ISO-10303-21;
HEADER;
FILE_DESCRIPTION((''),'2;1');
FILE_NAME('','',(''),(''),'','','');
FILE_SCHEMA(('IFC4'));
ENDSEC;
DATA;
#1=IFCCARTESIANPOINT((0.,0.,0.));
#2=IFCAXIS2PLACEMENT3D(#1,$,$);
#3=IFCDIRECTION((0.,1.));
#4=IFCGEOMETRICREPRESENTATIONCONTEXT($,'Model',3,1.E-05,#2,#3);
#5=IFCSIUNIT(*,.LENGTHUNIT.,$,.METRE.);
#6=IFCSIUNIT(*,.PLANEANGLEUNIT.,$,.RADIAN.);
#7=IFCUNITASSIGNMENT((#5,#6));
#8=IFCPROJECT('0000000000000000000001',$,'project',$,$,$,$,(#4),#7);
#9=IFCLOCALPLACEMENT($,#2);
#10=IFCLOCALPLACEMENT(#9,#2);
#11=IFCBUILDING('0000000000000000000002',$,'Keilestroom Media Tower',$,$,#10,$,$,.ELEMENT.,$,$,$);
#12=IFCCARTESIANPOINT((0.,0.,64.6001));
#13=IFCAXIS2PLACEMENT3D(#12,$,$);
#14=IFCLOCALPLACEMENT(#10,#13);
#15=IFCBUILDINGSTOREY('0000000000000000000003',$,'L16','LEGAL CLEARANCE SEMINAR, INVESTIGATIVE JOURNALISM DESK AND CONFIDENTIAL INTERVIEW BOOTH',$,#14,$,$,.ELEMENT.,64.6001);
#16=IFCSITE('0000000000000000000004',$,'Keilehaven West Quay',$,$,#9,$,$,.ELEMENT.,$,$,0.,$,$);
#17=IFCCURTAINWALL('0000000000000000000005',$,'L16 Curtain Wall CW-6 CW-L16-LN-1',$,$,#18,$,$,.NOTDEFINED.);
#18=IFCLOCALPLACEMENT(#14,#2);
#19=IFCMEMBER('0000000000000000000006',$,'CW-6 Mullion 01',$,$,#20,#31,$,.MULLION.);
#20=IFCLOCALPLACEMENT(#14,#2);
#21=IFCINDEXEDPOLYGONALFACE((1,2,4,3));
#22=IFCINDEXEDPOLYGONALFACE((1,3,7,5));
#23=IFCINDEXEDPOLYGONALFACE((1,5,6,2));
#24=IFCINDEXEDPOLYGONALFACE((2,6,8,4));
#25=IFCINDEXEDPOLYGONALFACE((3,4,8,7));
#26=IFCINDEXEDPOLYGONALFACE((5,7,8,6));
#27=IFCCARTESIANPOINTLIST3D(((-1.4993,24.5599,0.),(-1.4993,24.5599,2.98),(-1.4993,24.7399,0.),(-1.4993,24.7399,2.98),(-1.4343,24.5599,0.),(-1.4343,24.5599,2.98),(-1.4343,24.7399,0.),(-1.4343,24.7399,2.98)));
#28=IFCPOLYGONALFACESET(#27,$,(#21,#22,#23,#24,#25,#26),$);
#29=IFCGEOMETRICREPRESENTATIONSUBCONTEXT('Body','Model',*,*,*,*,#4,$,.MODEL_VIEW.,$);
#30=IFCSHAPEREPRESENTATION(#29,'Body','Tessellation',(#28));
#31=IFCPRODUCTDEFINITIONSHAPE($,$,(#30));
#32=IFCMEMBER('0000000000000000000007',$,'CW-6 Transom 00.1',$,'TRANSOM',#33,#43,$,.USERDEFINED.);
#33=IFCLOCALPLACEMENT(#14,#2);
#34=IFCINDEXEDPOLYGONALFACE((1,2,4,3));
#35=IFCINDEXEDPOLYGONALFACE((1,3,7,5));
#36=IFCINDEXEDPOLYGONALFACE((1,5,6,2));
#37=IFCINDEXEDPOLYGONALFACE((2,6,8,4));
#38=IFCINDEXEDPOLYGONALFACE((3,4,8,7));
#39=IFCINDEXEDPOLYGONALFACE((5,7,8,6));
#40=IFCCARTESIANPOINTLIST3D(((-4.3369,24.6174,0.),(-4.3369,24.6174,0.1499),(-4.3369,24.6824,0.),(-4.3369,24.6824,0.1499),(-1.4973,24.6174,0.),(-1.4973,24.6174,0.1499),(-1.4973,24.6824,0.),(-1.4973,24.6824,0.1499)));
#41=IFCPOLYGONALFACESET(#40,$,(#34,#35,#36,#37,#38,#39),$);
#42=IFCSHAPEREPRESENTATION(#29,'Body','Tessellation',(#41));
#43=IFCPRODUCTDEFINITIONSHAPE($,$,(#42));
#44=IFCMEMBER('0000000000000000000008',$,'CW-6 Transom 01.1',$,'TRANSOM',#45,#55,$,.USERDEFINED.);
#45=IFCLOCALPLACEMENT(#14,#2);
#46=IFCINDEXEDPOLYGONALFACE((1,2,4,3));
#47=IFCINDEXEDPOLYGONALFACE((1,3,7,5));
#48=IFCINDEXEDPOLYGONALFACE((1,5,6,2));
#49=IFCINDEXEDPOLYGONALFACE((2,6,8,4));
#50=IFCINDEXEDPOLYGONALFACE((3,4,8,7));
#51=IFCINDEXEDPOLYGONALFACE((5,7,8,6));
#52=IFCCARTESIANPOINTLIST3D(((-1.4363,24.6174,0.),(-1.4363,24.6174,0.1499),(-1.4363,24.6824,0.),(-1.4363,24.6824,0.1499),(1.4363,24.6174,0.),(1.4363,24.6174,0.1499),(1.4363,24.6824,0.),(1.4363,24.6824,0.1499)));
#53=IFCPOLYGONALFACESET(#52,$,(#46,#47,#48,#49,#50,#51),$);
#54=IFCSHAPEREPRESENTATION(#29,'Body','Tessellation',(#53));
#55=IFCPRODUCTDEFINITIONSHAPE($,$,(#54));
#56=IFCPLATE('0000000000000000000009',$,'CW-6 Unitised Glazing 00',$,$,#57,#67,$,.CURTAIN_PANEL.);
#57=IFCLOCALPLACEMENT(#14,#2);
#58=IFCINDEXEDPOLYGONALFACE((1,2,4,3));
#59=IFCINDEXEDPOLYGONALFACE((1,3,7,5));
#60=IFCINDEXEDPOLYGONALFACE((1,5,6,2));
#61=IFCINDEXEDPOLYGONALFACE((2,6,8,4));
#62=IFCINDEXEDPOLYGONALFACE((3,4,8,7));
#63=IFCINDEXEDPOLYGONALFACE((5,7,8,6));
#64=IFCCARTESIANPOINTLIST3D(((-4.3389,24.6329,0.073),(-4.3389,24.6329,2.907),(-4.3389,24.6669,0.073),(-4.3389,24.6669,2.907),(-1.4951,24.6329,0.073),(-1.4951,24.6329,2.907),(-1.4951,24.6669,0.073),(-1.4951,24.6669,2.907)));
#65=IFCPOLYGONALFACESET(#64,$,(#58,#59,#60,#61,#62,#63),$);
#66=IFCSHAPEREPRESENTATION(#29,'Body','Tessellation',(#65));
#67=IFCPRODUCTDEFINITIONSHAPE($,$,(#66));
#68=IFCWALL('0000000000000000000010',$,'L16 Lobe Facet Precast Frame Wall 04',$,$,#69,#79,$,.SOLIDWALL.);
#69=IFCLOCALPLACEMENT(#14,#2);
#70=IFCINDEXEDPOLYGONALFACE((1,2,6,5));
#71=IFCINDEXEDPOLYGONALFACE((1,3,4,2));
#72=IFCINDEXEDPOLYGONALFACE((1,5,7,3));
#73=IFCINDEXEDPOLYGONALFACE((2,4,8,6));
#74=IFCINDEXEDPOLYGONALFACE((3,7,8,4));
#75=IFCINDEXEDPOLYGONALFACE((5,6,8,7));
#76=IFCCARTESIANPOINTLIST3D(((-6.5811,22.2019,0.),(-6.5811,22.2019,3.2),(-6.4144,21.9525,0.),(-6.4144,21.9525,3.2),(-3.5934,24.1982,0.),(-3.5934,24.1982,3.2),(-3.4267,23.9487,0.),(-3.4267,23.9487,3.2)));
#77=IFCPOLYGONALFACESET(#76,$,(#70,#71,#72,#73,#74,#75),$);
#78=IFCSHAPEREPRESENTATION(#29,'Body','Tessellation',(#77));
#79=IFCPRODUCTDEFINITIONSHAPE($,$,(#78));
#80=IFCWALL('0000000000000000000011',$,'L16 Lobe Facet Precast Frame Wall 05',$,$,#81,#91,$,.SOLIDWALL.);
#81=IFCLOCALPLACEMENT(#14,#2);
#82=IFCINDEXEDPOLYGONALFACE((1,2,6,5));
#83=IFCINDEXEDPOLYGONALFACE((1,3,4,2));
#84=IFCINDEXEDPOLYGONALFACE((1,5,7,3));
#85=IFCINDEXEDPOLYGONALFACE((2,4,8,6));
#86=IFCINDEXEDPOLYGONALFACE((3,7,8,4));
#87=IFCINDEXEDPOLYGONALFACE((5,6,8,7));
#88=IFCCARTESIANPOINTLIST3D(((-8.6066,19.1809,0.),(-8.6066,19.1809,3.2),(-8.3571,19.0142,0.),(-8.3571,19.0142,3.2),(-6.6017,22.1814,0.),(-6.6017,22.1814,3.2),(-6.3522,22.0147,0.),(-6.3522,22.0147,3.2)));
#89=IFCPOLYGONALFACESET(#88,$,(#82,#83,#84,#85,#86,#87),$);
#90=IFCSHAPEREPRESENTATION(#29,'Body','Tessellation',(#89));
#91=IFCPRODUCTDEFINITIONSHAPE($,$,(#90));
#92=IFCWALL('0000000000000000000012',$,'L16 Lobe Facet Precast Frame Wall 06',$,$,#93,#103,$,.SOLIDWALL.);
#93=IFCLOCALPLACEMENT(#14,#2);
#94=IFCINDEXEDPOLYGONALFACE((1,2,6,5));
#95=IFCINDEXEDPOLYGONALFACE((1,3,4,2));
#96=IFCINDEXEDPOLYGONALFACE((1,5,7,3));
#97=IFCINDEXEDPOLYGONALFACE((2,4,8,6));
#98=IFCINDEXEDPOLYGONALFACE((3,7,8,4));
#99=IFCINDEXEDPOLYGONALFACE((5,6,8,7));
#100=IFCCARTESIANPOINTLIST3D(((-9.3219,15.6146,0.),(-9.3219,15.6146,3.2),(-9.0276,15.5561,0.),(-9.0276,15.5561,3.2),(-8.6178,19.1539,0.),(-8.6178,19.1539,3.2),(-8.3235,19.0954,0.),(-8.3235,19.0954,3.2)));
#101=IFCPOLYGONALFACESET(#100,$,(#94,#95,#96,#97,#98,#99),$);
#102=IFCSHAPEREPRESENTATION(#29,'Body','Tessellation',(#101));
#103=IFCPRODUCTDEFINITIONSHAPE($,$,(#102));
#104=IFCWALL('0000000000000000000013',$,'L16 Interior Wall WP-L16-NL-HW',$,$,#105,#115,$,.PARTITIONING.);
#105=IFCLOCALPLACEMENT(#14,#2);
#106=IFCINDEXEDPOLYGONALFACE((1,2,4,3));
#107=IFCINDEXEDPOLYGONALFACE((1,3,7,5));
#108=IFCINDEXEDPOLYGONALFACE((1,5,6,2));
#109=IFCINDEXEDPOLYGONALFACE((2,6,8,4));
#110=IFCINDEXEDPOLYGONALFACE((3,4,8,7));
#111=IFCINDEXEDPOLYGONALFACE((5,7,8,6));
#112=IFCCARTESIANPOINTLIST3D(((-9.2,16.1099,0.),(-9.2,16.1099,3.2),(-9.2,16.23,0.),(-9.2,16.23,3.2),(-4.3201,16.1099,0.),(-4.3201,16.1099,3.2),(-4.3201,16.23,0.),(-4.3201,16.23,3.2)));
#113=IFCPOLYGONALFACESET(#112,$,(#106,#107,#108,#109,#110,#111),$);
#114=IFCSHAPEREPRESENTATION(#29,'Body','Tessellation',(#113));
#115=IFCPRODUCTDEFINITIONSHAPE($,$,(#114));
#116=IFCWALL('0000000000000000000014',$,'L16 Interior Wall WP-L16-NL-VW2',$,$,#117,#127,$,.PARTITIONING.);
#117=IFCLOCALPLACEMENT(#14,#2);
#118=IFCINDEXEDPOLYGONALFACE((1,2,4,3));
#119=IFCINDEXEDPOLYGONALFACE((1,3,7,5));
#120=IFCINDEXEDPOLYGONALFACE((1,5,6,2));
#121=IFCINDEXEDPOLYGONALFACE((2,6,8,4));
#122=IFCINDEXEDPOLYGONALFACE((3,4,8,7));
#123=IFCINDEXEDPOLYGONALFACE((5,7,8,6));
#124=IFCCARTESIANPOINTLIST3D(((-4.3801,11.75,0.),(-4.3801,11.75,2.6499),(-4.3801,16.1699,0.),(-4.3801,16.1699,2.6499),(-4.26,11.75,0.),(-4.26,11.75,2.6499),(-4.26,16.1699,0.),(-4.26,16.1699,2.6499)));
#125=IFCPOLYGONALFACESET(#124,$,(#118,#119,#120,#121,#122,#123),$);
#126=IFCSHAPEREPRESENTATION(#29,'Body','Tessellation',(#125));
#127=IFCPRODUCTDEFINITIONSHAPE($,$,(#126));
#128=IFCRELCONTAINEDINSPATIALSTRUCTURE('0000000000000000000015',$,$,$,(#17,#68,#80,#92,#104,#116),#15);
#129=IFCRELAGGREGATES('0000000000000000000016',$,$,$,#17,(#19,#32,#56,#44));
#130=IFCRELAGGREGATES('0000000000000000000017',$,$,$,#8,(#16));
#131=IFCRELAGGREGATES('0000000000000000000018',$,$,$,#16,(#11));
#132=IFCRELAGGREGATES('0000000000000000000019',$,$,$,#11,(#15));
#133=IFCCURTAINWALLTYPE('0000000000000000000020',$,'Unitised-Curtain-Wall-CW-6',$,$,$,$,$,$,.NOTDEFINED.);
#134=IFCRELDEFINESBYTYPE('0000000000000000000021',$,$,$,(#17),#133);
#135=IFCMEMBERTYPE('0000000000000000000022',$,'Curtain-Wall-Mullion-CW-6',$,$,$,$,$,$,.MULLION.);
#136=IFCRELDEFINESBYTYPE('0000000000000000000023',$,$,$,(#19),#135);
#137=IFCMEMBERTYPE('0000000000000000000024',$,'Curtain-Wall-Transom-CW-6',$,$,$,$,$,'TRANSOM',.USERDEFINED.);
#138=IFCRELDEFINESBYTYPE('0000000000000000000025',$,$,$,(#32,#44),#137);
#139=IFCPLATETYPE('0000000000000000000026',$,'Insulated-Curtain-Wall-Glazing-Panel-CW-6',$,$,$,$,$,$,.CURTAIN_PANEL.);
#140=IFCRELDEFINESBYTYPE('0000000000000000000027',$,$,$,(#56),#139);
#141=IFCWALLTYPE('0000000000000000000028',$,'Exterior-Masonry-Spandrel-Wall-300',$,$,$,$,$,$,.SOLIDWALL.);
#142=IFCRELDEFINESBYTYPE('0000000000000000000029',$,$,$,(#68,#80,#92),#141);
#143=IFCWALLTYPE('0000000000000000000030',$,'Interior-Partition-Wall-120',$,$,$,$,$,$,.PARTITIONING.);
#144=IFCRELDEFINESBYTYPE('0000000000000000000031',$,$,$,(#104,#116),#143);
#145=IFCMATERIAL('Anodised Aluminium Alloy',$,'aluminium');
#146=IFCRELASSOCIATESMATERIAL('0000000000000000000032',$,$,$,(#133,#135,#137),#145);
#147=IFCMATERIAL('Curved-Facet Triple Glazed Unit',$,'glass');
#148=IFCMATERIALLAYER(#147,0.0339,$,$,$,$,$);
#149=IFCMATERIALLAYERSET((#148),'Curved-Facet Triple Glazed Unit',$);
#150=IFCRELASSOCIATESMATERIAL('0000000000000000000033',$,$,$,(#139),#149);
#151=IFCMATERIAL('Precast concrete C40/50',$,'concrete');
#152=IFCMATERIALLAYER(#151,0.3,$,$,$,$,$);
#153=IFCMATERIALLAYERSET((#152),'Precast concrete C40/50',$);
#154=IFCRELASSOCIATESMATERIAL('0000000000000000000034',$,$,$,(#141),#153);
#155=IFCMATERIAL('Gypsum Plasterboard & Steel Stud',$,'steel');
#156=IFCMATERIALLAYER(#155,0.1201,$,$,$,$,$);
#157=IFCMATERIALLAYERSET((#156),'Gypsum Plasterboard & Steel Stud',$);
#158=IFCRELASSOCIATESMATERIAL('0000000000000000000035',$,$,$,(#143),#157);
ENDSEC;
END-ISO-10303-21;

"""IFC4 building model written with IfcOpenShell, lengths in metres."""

from ifc_helpers import new_model, si_unit, direction, frame, frame_2d, origin, origin_2d, place, context, subcontext, project, spatial, rectangle, extrude, source, transform, mapped, material, layer, layer_set, material_profile, profile_set, type_object, element, aggregate, save


model = new_model("IFC4")

# Units and contexts
model_context = context("Model", 3, precision=1e-05, world=origin(), true_north=direction((0.0, 1.0)))
body_context = subcontext(model_context, "Body", "Model", "MODEL_VIEW")
ifc_project = project(units=[si_unit("LENGTHUNIT", "METRE"), si_unit("PLANEANGLEUNIT", "RADIAN")], contexts=[model_context])

# Site, building, storey
site_placement = place(None, origin())
site = spatial("IfcSite", under=ifc_project, at=site_placement, Name="Keilehaven West Quay", CompositionType="ELEMENT", RefElevation=0.0)
building_placement = place(site_placement, origin())
building = spatial("IfcBuilding", under=site, at=building_placement, Name="Keilestroom Media Tower", CompositionType="ELEMENT")
storey_placement = place(building_placement, frame((0.0, 0.0, 64.6001)))
storey = spatial("IfcBuildingStorey", under=building, at=storey_placement, Name="L16", Description="LEGAL CLEARANCE SEMINAR, INVESTIGATIVE JOURNALISM DESK AND CONFIDENTIAL INTERVIEW BOOTH", CompositionType="ELEMENT", Elevation=64.6001)

# Curtain wall, members, plate
ifc_material_1 = material(Name="Anodised Aluminium Alloy", Category="aluminium")
curtain_wall_type = type_object("IfcCurtainWallType", Name="Unitised-Curtain-Wall-CW-6", PredefinedType="NOTDEFINED", material=ifc_material_1)
curtain_wall_placement = place(storey_placement, origin())
curtain_wall = element("IfcCurtainWall", 1, at=curtain_wall_placement, inside=storey, type_object=curtain_wall_type, Name="L16 Curtain Wall CW-6 CW-L16-LN-1", PredefinedType="NOTDEFINED")
ifc_material_profile_1 = material_profile(ifc_material_1, rectangle(XDim=0.0649, YDim=0.1799, at=origin_2d()), Name="ALU MULLION 65x180")
ifc_profile_set_1 = profile_set([ifc_material_profile_1], Name="Anodised Aluminium Alloy")
member_type_1 = type_object("IfcMemberType", Name="Curtain-Wall-Mullion-CW-6", PredefinedType="MULLION", material=ifc_profile_set_1)
shared_shape_1 = source(origin(), body_context, "Body", "SweptSolid", [
    extrude(rectangle(XDim=0.0649, YDim=0.1799, at=origin_2d()), origin(), (0.0, 0.0, 1.0), 2.98),
])
member_1_placement = place(storey_placement, frame((-1.4668, 24.6499, 0.0), z_axis=(0.0, 0.0, 1.0), x_axis=(1.0, 0.0, 0.0)))
member_1 = element("IfcMember", 2, at=member_1_placement, type_object=member_type_1, Name="CW-6 Mullion 01", PredefinedType="MULLION", context=body_context, shape_type="MappedRepresentation", body=[
    mapped(shared_shape_1, transform((0.0, 0.0, 0.0), x_axis=(1.0, 0.0, 0.0), y_axis=(0.0, 1.0, 0.0), z_axis=(0.0, 0.0, 1.0), scale=1.0)),
])
ifc_material_profile_2 = material_profile(ifc_material_1, rectangle(XDim=0.0649, YDim=0.1499, at=origin_2d()), Name="ALU TRANSOM 65x150")
ifc_profile_set_2 = profile_set([ifc_material_profile_2], Name="Anodised Aluminium Alloy")
member_type_2 = type_object("IfcMemberType", Name="Curtain-Wall-Transom-CW-6", ElementType="TRANSOM", PredefinedType="USERDEFINED", material=ifc_profile_set_2)
shared_shape_2 = source(origin(), body_context, "Body", "SweptSolid", [
    extrude(rectangle(XDim=0.0649, YDim=0.1499, at=origin_2d()), origin(), (0.0, 0.0, 1.0), 2.8396),
])
member_2_placement = place(storey_placement, frame((-4.3369, 24.6499, 0.075), z_axis=(1.0, 0.0, 0.0), x_axis=(0.0, 1.0, 0.0)))
member_2 = element("IfcMember", 3, at=member_2_placement, type_object=member_type_2, Name="CW-6 Transom 00.1", ObjectType="TRANSOM", PredefinedType="USERDEFINED", context=body_context, shape_type="MappedRepresentation", body=[
    mapped(shared_shape_2, transform((0.0, 0.0, 0.0), x_axis=(1.0, 0.0, 0.0), y_axis=(0.0, 1.0, 0.0), z_axis=(0.0, 0.0, 1.0), scale=1.0)),
])
shared_shape_3 = source(origin(), body_context, "Body", "SweptSolid", [
    extrude(rectangle(XDim=0.0649, YDim=0.1499, at=origin_2d()), origin(), (0.0, 0.0, 1.0), 2.8726),
])
member_3_placement = place(storey_placement, frame((-1.4363, 24.6499, 0.075), z_axis=(1.0, 0.0, 0.0), x_axis=(0.0, 1.0, 0.0)))
member_3 = element("IfcMember", 4, at=member_3_placement, type_object=member_type_2, Name="CW-6 Transom 01.1", ObjectType="TRANSOM", PredefinedType="USERDEFINED", context=body_context, shape_type="MappedRepresentation", body=[
    mapped(shared_shape_3, transform((0.0, 0.0, 0.0), x_axis=(1.0, 0.0, 0.0), y_axis=(0.0, 1.0, 0.0), z_axis=(0.0, 0.0, 1.0), scale=1.0)),
])
ifc_material_2 = material(Name="Curved-Facet Triple Glazed Unit", Category="glass")
ifc_layer_1 = layer(ifc_material_2, 0.0339)
ifc_layer_set_1 = layer_set([ifc_layer_1], Name="Curved-Facet Triple Glazed Unit")
plate_type = type_object("IfcPlateType", Name="Insulated-Curtain-Wall-Glazing-Panel-CW-6", PredefinedType="CURTAIN_PANEL", material=ifc_layer_set_1)
shared_shape_4 = source(origin(), body_context, "Body", "SweptSolid", [
    extrude(rectangle(XDim=2.8438, YDim=0.0339, at=origin_2d()), origin(), (0.0, 0.0, 1.0), 2.834),
])
plate_placement = place(storey_placement, frame((-2.917, 24.6499, 0.073), z_axis=(0.0, 0.0, 1.0), x_axis=(1.0, 0.0, 0.0)))
plate = element("IfcPlate", 5, at=plate_placement, type_object=plate_type, Name="CW-6 Unitised Glazing 00", PredefinedType="CURTAIN_PANEL", context=body_context, shape_type="MappedRepresentation", body=[
    mapped(shared_shape_4, transform((0.0, 0.0, 0.0), x_axis=(1.0, 0.0, 0.0), y_axis=(0.0, 1.0, 0.0), z_axis=(0.0, 0.0, 1.0), scale=1.0)),
])
aggregate(curtain_wall, [member_1, member_2, plate, member_3])

# Walls
ifc_material_3 = material(Name="Precast concrete C40/50", Category="concrete")
ifc_layer_2 = layer(ifc_material_3, 0.3)
ifc_layer_set_2 = layer_set([ifc_layer_2], Name="Precast concrete C40/50")
wall_type_1 = type_object("IfcWallType", Name="Exterior-Masonry-Spandrel-Wall-300", PredefinedType="SOLIDWALL", material=ifc_layer_set_2)
wall_1_placement = place(storey_placement, frame((-3.51, 24.0735, 0.0), z_axis=(0.0, 0.0, 1.0), x_axis=(-0.831475, -0.555562, 0.0)))
element("IfcWall", 6, at=wall_1_placement, inside=storey, type_object=wall_type_1, Name="L16 Lobe Facet Precast Frame Wall 04", PredefinedType="SOLIDWALL", context=body_context, shape_type="SweptSolid", body=[
    extrude(rectangle(XDim=3.5933, YDim=0.3, at=frame_2d((1.7966, 0.0))), origin(), (0.0, 0.0, 1.0), 3.2),
])
for number, where, z_axis, x_axis, name in (
    (7, (-6.4771, 22.0979, 0.0), (0.0, 0.0, 1.0), (-0.555574, -0.831467, 0.0), "L16 Lobe Facet Precast Frame Wall 05"),
    (8, (-8.4707, 19.1245, 0.0), (0.0, 0.0, 1.0), (-0.195114, -0.980781, 0.0), "L16 Lobe Facet Precast Frame Wall 06"),
):
    element("IfcWall", number, at=place(storey_placement, frame(where, z_axis=z_axis, x_axis=x_axis)), inside=storey, type_object=wall_type_1, Name=name, PredefinedType="SOLIDWALL", context=body_context, shape_type="SweptSolid", body=[
        extrude(rectangle(XDim=3.6086, YDim=0.3, at=frame_2d((1.8042, 0.0))), origin(), (0.0, 0.0, 1.0), 3.2),
    ])
ifc_material_4 = material(Name="Gypsum Plasterboard & Steel Stud", Category="steel")
ifc_layer_3 = layer(ifc_material_4, 0.1201)
ifc_layer_set_3 = layer_set([ifc_layer_3], Name="Gypsum Plasterboard & Steel Stud")
wall_type_2 = type_object("IfcWallType", Name="Interior-Partition-Wall-120", PredefinedType="PARTITIONING", material=ifc_layer_set_3)
wall_2_placement = place(storey_placement, frame((-9.2, 16.1699, 0.0), z_axis=(0.0, 0.0, 1.0), x_axis=(1.0, 0.0, 0.0)))
element("IfcWall", 9, at=wall_2_placement, inside=storey, type_object=wall_type_2, Name="L16 Interior Wall WP-L16-NL-HW", PredefinedType="PARTITIONING", context=body_context, shape_type="SweptSolid", body=[
    extrude(rectangle(XDim=4.8799, YDim=0.1201, at=frame_2d((2.4399, 0.0))), origin(), (0.0, 0.0, 1.0), 3.2),
])
wall_3_placement = place(storey_placement, frame((-4.3201, 11.75, 0.0), z_axis=(0.0, 0.0, 1.0), x_axis=(0.0, 1.0, 0.0)))
element("IfcWall", 10, at=wall_3_placement, inside=storey, type_object=wall_type_2, Name="L16 Interior Wall WP-L16-NL-VW2", PredefinedType="PARTITIONING", context=body_context, shape_type="SweptSolid", body=[
    extrude(rectangle(XDim=4.4199, YDim=0.1201, at=frame_2d((2.21, 0.0))), origin(), (0.0, 0.0, 1.0), 2.6499),
])

save(model, "model.ifc")
